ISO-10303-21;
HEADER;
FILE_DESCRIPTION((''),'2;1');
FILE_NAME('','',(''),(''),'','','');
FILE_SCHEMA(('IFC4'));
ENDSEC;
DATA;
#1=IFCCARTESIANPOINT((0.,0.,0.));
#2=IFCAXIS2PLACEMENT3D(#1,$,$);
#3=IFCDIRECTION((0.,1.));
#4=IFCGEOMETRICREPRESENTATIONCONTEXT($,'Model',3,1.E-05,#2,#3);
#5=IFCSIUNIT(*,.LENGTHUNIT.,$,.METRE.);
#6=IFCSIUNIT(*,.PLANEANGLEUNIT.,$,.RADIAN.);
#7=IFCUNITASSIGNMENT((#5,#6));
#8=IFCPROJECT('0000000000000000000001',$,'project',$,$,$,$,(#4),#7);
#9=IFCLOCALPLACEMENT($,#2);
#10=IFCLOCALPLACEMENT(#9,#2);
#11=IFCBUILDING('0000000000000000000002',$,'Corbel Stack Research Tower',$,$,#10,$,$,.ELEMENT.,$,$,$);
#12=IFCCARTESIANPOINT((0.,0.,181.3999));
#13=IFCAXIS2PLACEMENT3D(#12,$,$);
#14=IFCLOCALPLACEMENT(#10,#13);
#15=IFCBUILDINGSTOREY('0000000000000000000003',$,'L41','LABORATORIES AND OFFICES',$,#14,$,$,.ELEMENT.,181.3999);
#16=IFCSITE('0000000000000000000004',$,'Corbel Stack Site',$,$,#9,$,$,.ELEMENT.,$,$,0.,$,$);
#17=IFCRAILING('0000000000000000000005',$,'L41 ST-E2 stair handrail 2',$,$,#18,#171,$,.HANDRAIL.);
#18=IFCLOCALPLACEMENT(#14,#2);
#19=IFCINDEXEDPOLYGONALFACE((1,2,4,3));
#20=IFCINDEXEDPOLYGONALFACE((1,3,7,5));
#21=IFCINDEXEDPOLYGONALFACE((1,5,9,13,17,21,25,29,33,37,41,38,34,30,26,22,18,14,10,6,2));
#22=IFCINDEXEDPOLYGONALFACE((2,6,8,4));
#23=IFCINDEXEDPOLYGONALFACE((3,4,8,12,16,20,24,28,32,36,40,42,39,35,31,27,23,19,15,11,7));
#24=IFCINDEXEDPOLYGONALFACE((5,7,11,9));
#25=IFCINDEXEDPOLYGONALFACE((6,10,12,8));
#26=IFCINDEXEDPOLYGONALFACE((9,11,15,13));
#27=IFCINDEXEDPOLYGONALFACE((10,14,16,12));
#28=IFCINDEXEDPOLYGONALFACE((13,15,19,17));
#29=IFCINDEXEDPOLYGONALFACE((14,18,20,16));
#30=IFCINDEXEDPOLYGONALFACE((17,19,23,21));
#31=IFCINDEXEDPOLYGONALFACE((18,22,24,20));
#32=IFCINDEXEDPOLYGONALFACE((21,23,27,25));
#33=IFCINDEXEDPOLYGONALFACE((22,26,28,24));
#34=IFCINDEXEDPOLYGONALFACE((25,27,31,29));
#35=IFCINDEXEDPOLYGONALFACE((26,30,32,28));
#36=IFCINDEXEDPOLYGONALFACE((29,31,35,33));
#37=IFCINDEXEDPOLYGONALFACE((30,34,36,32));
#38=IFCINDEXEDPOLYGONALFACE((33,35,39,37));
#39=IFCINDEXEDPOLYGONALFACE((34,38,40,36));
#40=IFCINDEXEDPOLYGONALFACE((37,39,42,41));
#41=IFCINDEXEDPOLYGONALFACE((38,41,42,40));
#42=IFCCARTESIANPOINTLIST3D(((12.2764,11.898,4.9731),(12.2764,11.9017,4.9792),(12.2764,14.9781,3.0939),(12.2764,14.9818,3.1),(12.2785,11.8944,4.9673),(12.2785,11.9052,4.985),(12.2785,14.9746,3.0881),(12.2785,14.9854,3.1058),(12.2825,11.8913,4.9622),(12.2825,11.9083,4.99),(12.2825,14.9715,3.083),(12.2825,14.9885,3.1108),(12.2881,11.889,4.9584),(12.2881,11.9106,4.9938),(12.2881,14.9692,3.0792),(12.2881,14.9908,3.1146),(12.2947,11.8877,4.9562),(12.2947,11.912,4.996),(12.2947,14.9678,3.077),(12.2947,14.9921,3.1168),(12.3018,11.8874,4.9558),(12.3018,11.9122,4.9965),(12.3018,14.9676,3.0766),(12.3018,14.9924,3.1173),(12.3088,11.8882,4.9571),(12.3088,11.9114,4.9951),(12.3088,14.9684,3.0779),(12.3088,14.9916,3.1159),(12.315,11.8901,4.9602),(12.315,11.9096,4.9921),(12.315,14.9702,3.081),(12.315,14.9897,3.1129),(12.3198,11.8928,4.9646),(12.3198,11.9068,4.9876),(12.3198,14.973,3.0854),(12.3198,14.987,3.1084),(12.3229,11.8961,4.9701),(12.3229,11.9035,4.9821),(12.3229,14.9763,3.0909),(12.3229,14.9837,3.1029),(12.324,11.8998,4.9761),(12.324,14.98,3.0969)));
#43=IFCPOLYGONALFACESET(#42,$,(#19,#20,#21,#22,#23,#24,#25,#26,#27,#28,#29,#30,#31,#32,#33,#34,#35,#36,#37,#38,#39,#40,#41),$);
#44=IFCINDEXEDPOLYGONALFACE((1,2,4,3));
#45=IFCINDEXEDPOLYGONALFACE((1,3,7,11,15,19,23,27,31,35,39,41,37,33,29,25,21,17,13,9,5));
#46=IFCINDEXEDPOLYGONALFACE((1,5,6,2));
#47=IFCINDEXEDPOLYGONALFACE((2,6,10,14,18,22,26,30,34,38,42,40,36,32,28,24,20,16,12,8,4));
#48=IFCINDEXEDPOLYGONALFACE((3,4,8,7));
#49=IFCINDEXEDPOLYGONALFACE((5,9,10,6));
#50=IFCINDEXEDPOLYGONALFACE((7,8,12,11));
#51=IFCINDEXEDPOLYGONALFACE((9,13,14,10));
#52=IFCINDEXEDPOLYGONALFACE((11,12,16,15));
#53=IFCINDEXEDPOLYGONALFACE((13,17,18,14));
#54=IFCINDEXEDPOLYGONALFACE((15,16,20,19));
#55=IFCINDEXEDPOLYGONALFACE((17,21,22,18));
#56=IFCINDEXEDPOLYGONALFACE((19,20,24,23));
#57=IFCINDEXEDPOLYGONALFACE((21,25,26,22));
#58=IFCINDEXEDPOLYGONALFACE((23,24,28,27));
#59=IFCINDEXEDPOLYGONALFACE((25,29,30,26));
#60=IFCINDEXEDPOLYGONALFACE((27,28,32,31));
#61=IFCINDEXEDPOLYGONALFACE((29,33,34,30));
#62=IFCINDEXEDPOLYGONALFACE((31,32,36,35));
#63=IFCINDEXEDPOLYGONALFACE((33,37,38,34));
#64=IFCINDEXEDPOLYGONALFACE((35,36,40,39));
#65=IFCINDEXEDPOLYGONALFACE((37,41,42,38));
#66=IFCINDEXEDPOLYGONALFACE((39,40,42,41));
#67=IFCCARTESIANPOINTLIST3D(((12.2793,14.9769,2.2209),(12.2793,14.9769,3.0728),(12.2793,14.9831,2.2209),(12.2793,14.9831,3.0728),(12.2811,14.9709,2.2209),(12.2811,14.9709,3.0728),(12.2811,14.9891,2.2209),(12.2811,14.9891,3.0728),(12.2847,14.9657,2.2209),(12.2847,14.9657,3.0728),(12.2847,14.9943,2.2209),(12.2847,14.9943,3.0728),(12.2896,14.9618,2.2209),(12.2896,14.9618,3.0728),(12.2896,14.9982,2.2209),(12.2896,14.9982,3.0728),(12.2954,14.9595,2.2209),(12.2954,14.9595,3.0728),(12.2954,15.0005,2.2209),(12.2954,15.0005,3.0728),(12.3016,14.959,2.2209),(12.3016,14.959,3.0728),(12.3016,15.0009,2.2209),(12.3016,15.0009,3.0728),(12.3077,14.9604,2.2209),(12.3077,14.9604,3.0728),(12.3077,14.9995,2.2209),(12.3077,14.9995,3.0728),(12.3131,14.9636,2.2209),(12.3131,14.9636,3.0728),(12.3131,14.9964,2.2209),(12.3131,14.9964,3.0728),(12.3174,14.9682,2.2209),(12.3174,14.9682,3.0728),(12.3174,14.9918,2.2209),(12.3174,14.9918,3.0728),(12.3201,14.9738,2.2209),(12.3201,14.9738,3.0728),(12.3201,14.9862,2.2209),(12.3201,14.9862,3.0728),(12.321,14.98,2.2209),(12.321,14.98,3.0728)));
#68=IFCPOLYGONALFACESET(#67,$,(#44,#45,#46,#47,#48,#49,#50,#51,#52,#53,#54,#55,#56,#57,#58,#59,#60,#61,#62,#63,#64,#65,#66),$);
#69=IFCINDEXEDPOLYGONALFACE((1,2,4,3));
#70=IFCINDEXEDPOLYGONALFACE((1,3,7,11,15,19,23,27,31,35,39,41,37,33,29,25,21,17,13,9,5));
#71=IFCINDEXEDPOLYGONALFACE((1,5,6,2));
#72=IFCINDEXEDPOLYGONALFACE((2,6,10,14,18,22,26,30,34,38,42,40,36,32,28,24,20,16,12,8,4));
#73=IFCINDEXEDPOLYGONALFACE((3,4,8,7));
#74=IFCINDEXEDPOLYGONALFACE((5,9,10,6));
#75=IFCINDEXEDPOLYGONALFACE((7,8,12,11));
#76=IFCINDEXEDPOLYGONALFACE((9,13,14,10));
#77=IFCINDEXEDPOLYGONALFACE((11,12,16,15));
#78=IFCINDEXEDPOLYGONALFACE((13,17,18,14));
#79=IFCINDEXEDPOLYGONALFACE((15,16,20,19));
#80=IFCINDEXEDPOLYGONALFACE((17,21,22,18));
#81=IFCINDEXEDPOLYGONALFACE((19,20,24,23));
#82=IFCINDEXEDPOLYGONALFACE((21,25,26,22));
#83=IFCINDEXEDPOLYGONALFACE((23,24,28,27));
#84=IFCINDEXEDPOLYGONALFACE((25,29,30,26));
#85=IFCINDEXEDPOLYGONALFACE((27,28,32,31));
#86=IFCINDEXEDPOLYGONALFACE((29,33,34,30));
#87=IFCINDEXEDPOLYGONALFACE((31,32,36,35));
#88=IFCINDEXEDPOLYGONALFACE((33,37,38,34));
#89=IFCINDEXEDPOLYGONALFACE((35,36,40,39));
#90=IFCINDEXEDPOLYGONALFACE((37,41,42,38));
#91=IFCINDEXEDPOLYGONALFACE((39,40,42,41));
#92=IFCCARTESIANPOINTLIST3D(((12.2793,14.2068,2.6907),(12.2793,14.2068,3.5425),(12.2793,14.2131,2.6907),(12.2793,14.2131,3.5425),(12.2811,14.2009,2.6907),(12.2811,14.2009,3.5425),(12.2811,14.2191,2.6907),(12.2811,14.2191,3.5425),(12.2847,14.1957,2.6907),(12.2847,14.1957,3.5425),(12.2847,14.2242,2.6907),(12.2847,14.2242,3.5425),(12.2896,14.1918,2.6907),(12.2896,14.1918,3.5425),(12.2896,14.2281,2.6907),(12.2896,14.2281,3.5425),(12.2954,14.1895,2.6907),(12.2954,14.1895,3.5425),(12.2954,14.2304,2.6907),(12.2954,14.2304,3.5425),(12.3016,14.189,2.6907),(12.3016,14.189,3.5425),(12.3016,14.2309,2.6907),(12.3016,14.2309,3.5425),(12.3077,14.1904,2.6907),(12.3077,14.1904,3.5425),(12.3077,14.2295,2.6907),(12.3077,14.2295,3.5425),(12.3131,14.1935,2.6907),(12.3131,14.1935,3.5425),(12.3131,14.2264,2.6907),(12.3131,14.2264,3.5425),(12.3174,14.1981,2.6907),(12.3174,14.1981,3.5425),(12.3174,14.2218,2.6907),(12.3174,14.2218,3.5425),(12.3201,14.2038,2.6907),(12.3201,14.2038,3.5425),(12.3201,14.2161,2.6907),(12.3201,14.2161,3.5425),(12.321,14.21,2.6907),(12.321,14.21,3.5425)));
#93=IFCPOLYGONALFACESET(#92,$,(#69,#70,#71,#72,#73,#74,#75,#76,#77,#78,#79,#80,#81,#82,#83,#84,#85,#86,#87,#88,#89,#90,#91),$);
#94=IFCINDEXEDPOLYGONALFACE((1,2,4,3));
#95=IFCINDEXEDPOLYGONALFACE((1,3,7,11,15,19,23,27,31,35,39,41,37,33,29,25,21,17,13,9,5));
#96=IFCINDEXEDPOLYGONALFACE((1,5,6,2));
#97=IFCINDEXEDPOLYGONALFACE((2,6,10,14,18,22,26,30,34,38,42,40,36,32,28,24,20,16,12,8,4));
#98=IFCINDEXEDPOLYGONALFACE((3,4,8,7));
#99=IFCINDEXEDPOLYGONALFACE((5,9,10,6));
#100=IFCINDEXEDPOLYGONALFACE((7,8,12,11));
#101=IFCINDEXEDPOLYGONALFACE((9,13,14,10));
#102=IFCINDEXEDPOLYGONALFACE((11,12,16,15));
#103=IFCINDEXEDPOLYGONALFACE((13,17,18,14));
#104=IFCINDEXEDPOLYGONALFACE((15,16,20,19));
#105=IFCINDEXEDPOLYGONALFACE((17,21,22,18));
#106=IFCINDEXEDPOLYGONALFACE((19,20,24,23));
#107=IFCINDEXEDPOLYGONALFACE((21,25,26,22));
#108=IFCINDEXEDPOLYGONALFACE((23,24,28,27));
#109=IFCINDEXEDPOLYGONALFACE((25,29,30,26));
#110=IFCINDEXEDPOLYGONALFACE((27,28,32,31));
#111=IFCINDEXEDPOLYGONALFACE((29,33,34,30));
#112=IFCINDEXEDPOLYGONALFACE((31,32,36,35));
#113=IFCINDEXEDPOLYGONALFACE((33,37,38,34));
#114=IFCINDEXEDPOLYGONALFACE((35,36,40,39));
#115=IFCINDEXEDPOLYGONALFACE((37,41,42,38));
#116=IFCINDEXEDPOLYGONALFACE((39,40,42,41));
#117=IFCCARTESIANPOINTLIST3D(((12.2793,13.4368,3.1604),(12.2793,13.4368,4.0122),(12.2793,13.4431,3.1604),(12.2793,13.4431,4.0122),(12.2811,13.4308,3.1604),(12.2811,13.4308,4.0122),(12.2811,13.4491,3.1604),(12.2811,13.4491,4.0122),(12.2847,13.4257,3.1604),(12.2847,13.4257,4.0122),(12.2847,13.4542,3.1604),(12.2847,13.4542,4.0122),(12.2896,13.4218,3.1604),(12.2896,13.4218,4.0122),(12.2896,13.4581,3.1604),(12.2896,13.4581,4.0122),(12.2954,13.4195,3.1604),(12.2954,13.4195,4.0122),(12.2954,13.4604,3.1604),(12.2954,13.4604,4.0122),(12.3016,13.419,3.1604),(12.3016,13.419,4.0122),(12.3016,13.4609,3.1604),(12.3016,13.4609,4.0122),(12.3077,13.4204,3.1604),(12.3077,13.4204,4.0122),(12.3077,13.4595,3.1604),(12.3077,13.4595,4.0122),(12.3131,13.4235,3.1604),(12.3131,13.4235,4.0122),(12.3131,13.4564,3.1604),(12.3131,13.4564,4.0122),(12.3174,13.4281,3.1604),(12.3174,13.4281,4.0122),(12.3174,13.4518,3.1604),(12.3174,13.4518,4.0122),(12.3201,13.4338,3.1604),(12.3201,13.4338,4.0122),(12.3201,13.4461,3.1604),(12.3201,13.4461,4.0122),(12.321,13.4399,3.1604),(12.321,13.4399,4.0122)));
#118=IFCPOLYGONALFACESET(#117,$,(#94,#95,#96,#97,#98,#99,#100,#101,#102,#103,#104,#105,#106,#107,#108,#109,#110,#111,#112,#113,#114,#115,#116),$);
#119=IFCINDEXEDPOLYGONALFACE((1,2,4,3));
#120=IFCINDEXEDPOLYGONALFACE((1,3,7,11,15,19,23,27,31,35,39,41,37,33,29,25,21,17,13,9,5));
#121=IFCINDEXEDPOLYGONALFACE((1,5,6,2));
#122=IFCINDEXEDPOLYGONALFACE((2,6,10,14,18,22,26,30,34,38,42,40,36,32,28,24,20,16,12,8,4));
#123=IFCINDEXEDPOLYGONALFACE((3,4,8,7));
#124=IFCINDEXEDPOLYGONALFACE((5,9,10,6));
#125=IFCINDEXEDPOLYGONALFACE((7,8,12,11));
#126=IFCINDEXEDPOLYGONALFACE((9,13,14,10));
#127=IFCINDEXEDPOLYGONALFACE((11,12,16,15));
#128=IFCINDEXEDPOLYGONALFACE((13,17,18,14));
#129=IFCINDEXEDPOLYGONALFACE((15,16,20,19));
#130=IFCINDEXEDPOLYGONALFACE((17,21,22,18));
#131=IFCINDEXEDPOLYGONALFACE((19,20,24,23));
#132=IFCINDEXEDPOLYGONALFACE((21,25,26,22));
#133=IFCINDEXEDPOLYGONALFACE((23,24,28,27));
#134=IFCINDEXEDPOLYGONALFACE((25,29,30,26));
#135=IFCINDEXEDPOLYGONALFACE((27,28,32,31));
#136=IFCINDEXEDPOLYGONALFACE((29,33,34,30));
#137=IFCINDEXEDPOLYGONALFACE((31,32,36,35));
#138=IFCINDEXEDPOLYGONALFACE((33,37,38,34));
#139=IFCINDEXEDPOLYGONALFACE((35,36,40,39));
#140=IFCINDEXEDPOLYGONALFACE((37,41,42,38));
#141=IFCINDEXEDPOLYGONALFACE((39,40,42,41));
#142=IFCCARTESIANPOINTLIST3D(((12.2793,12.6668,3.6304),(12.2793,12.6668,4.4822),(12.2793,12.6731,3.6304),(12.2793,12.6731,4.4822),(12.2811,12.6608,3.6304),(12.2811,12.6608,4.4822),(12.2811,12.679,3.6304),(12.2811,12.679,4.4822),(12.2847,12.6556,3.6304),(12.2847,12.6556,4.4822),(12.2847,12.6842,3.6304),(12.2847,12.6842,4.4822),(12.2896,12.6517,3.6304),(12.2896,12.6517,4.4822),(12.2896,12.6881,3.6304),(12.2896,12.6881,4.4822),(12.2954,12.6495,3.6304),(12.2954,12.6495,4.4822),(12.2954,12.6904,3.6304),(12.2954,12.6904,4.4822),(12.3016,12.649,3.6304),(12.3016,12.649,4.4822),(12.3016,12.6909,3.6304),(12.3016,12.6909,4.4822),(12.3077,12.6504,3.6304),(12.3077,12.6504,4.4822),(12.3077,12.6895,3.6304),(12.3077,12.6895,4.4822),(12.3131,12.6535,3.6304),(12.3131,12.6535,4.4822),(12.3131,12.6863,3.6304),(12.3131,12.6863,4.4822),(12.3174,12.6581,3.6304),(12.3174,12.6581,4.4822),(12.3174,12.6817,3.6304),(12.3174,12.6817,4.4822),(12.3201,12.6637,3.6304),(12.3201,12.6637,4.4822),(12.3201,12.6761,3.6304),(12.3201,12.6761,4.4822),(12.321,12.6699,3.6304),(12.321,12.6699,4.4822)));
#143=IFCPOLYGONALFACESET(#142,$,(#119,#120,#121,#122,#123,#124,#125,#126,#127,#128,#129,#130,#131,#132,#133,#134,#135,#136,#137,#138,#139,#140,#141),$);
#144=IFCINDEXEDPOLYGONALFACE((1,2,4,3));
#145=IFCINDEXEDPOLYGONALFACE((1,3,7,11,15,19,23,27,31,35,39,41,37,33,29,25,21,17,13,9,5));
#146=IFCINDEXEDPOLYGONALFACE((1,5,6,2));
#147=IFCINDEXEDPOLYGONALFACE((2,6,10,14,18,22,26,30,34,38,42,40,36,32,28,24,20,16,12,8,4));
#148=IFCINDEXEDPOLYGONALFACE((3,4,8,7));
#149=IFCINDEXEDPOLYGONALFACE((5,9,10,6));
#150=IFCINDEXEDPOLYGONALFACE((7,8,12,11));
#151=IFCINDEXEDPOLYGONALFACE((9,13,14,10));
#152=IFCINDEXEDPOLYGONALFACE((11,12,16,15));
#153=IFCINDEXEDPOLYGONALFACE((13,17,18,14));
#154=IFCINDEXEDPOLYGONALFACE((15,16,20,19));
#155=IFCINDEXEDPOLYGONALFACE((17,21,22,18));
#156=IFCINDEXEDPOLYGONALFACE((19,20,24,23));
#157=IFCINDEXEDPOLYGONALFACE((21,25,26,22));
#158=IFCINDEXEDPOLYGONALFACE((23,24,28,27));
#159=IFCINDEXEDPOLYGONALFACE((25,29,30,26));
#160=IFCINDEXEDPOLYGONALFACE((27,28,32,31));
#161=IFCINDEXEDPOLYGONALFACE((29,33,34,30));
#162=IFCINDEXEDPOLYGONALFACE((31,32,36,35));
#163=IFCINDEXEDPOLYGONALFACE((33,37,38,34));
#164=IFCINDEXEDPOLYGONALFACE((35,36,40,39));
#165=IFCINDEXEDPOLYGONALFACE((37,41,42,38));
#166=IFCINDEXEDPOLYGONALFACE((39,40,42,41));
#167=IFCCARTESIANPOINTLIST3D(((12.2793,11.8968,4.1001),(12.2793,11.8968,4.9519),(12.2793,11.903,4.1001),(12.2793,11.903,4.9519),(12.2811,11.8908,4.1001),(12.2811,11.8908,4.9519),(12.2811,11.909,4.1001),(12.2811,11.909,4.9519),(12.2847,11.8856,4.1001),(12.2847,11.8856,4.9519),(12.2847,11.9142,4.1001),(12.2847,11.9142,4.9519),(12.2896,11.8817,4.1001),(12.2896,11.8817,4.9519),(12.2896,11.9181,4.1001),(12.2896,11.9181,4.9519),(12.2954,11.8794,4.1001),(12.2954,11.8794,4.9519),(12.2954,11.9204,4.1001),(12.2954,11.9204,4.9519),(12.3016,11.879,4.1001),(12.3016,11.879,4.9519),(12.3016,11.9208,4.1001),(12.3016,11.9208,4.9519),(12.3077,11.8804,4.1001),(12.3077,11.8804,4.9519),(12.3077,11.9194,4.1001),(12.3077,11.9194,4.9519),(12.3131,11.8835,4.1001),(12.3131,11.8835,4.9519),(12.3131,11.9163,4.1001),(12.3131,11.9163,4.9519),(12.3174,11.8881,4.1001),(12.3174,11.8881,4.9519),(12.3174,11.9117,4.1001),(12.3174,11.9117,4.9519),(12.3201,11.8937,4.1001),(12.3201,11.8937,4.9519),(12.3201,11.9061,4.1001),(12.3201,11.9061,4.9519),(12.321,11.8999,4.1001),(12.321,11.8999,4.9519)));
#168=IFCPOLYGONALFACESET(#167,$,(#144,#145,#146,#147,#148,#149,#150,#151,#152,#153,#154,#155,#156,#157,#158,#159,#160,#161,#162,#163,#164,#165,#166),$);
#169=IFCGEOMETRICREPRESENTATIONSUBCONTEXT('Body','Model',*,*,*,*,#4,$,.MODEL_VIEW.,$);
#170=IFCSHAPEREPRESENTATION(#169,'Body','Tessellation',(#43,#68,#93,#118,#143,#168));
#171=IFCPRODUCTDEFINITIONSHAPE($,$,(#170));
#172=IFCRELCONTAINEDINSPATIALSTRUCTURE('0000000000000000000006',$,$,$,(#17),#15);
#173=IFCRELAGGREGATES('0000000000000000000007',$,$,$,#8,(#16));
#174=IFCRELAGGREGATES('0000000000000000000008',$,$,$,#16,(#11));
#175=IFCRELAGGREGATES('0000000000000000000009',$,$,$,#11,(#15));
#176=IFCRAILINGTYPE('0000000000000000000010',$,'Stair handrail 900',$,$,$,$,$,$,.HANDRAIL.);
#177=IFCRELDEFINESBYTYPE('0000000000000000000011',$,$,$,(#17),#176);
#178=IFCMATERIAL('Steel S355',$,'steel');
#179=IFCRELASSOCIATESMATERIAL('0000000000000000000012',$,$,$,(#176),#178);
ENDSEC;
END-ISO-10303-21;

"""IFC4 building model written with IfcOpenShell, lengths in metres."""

from ifc_helpers import new_model, si_unit, direction, frame, origin, origin_2d, place, context, subcontext, project, spatial, circle, extrude, material, type_object, element, save


model = new_model("IFC4")

# Units and contexts
model_context = context("Model", 3, precision=1e-05, world=origin(), true_north=direction((0.0, 1.0)))
body_context = subcontext(model_context, "Body", "Model", "MODEL_VIEW")
ifc_project = project(units=[si_unit("LENGTHUNIT", "METRE"), si_unit("PLANEANGLEUNIT", "RADIAN")], contexts=[model_context])

# Site, building, storey
site_placement = place(None, origin())
site = spatial("IfcSite", under=ifc_project, at=site_placement, Name="Corbel Stack Site", CompositionType="ELEMENT", RefElevation=0.0)
building_placement = place(site_placement, origin())
building = spatial("IfcBuilding", under=site, at=building_placement, Name="Corbel Stack Research Tower", CompositionType="ELEMENT")
storey_placement = place(building_placement, frame((0.0, 0.0, 181.3999)))
storey = spatial("IfcBuildingStorey", under=building, at=storey_placement, Name="L41", Description="LABORATORIES AND OFFICES", CompositionType="ELEMENT", Elevation=181.3999)

# Railing
ifc_material_1 = material(Name="Steel S355", Category="steel")
railing_type_1 = type_object("IfcRailingType", Name="Stair handrail 900", PredefinedType="HANDRAIL", material=ifc_material_1)
railing_1_placement = place(storey_placement, frame((12.3, 14.98, 2.2209)))
element("IfcRailing", 1, at=railing_1_placement, inside=storey, type_object=railing_type_1, Name="L41 ST-E2 stair handrail 2", PredefinedType="HANDRAIL", context=body_context, shape_type="SweptSolid", body=[
    extrude(circle(Radius=0.0239, at=origin_2d()), frame((0.0, 0.0, 0.876), z_axis=(0.0, -0.853666, 0.52082), x_axis=(1.0, 0.0, 0.0)), (0.0, 0.0, 1.0), 3.6082),
    extrude(circle(Radius=0.021, at=origin_2d()), origin(), (0.0, 0.0, 1.0), 0.8518),
    extrude(circle(Radius=0.021, at=origin_2d()), frame((0.0, -0.77, 0.4697)), (0.0, 0.0, 1.0), 0.8518),
    extrude(circle(Radius=0.021, at=origin_2d()), frame((0.0, -1.54, 0.9395)), (0.0, 0.0, 1.0), 0.8518),
    extrude(circle(Radius=0.021, at=origin_2d()), frame((0.0, -2.3101, 1.4094)), (0.0, 0.0, 1.0), 0.8518),
    extrude(circle(Radius=0.021, at=origin_2d()), frame((0.0, -3.0801, 1.8792)), (0.0, 0.0, 1.0), 0.8518),
])

save(model, "model.ifc")
